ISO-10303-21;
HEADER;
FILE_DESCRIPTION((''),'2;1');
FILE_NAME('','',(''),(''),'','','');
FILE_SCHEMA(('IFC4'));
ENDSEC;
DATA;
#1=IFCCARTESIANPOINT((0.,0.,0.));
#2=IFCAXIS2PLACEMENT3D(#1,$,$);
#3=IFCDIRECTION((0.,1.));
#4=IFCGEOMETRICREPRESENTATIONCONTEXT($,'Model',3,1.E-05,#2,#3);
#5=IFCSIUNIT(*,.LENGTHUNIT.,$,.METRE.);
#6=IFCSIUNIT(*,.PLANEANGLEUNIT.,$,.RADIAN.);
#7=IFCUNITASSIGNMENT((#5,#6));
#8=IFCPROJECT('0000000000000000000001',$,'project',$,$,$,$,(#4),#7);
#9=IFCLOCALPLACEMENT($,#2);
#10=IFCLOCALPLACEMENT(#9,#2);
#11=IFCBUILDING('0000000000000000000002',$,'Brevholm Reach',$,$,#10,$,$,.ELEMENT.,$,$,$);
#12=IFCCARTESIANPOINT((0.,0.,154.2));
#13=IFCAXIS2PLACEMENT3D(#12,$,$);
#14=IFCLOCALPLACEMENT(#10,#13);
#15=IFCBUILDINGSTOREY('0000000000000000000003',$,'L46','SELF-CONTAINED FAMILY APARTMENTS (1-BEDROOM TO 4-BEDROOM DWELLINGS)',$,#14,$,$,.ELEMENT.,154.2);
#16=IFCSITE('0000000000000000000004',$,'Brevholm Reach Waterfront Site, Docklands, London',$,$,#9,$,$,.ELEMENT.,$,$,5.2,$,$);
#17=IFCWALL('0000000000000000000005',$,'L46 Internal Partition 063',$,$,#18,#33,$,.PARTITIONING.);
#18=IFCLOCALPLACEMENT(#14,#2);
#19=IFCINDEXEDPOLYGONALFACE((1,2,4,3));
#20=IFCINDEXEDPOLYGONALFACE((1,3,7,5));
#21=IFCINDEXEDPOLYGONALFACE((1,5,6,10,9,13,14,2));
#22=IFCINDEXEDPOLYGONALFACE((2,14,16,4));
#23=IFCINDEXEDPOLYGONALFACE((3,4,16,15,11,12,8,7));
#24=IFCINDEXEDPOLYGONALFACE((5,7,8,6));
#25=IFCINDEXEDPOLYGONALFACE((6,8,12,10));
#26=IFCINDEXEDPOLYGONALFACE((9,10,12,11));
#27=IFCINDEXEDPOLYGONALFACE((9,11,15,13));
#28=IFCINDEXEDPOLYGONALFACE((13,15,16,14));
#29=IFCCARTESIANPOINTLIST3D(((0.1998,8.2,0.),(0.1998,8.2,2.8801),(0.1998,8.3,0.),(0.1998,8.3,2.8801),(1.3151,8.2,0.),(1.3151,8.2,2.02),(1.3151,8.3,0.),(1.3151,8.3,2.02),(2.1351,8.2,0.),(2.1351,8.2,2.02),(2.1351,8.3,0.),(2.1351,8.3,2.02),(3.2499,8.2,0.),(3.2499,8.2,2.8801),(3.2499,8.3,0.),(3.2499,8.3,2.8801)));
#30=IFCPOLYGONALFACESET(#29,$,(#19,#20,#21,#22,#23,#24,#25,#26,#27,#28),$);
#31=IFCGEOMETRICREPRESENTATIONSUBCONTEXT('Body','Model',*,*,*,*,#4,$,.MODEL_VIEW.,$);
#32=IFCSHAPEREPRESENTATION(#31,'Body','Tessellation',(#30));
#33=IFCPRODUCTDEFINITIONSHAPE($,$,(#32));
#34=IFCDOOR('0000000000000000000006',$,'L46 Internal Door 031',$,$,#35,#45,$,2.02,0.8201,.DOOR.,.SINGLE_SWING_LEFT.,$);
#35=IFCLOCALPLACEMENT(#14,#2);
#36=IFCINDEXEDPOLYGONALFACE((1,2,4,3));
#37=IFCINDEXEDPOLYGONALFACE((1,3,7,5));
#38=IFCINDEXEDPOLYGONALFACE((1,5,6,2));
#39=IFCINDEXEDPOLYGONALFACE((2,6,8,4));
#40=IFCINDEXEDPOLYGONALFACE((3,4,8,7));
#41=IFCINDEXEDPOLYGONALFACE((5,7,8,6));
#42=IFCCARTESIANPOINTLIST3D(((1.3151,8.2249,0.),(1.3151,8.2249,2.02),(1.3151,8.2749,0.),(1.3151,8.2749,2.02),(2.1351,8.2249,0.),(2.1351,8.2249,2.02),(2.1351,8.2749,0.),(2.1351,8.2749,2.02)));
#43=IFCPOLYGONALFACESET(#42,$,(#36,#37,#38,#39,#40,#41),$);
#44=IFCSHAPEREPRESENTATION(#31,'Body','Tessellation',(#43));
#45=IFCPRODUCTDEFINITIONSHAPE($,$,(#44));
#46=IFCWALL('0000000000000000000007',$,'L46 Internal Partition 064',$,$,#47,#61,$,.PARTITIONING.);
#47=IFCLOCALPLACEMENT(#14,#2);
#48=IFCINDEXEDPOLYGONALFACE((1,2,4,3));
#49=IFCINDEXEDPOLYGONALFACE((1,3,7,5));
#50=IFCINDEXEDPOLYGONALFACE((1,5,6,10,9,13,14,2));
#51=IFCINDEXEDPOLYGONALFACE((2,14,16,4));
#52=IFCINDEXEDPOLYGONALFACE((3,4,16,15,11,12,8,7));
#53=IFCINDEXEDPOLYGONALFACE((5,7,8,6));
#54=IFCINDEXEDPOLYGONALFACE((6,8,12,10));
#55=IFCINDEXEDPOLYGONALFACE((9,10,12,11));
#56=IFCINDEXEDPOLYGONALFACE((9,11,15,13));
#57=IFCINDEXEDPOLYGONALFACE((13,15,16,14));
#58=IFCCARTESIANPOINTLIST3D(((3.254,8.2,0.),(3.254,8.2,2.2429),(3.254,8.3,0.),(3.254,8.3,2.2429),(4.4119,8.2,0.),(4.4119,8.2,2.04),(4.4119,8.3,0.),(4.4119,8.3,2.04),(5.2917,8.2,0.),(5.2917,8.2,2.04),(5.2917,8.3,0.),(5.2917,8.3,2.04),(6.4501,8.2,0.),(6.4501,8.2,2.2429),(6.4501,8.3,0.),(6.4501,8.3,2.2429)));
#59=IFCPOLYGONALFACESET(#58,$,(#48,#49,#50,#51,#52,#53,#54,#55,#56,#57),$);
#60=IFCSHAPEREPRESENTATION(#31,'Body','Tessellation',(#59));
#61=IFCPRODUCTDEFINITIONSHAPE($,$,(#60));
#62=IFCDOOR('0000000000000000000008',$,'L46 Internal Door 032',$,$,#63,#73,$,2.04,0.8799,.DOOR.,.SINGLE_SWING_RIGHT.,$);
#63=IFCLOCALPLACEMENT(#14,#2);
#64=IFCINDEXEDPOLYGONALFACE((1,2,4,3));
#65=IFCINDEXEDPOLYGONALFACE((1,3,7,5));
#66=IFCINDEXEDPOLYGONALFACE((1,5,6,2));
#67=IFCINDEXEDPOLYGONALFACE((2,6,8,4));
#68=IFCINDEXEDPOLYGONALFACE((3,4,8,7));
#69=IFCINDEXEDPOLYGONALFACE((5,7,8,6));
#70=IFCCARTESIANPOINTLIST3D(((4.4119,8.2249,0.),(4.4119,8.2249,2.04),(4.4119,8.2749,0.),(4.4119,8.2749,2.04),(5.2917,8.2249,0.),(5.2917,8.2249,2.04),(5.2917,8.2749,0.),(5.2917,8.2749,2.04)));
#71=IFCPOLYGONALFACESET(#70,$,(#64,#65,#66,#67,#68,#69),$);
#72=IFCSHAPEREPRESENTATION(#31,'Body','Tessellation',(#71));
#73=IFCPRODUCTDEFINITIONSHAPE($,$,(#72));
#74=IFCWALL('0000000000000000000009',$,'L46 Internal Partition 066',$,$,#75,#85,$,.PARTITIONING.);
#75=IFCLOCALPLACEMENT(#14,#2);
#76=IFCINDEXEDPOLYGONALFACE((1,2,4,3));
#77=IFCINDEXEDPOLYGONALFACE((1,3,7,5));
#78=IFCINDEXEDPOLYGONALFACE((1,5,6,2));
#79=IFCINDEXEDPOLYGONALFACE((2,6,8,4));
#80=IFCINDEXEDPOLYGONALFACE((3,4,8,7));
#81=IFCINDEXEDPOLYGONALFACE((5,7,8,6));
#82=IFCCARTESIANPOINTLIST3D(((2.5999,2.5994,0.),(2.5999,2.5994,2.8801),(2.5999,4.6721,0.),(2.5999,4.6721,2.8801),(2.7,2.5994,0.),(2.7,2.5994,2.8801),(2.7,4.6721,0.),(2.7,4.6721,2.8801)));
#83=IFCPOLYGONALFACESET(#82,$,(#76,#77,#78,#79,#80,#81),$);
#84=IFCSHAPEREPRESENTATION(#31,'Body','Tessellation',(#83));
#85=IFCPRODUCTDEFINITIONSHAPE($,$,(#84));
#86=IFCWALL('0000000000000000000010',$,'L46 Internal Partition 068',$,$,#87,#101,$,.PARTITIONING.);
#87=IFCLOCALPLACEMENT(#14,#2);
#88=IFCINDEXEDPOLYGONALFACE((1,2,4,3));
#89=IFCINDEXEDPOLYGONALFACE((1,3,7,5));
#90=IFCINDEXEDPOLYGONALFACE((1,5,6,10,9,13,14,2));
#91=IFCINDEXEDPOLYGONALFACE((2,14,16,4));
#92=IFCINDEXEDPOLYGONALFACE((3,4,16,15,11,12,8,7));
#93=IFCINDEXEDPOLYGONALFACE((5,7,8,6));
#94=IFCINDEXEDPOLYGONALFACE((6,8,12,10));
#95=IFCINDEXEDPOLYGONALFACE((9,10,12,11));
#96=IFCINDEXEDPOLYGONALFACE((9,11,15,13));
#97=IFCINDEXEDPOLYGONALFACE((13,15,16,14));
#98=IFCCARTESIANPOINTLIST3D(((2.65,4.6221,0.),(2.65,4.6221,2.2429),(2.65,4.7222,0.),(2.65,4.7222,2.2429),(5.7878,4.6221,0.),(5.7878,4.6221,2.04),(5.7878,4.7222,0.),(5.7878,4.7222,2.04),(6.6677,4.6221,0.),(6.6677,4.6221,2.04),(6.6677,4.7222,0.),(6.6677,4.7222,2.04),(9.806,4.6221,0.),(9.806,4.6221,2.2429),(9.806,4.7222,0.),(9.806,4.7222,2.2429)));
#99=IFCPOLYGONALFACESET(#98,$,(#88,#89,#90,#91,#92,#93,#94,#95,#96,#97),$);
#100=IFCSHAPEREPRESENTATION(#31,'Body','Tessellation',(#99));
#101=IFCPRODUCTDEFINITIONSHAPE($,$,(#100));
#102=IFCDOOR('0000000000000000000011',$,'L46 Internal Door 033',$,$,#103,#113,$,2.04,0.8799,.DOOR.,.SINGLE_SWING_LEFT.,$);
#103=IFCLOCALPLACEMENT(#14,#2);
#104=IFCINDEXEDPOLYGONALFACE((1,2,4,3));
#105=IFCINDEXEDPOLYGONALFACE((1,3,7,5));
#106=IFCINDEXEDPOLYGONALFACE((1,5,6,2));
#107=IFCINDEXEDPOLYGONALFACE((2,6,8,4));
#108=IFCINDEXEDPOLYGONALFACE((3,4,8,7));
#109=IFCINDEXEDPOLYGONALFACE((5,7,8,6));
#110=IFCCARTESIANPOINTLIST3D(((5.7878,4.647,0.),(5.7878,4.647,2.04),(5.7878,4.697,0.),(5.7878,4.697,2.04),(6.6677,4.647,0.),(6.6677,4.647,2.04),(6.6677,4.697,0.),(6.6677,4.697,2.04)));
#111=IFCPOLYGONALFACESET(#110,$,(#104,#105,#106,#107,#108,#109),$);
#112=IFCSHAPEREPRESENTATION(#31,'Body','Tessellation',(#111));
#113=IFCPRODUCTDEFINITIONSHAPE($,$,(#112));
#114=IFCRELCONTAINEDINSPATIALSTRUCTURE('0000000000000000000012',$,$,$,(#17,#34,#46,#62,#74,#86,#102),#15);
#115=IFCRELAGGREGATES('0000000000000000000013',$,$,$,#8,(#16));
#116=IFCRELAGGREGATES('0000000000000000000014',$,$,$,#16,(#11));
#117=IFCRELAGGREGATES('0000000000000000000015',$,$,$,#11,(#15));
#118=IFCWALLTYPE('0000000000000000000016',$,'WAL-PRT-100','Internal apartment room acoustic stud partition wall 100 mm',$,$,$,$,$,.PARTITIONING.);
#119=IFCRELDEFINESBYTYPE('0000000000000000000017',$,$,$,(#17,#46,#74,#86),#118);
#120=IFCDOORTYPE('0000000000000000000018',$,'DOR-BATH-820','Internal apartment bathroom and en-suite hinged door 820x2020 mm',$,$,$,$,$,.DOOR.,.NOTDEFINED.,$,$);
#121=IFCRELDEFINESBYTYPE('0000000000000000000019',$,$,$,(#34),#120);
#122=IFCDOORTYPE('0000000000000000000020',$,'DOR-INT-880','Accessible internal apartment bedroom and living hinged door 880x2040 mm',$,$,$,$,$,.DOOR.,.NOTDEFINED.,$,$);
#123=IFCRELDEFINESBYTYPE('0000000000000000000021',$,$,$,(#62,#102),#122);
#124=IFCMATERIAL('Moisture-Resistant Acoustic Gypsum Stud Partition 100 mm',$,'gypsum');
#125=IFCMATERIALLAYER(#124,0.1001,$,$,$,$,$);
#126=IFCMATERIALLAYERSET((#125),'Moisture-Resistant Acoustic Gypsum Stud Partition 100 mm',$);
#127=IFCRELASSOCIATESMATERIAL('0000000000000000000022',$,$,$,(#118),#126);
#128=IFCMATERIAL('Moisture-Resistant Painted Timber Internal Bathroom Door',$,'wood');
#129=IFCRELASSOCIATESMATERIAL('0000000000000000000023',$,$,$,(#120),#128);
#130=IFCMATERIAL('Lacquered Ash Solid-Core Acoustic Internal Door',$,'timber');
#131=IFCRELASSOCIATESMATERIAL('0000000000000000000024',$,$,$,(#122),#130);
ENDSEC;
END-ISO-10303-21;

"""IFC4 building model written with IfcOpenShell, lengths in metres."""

from ifc_helpers import new_model, si_unit, direction, frame, frame_2d, origin, place, context, subcontext, project, spatial, rectangle, extrude, material, layer, layer_set, type_object, element, fill, save


model = new_model("IFC4")

# Units and contexts
model_context = context("Model", 3, precision=1e-05, world=origin(), true_north=direction((0.0, 1.0)))
body_context = subcontext(model_context, "Body", "Model", "MODEL_VIEW")
ifc_project = project(units=[si_unit("LENGTHUNIT", "METRE"), si_unit("PLANEANGLEUNIT", "RADIAN")], contexts=[model_context])

# Site, building, storey
site_placement = place(None, origin())
site = spatial("IfcSite", under=ifc_project, at=site_placement, Name="Brevholm Reach Waterfront Site, Docklands, London", CompositionType="ELEMENT", RefElevation=5.2)
building_placement = place(site_placement, origin())
building = spatial("IfcBuilding", under=site, at=building_placement, Name="Brevholm Reach", CompositionType="ELEMENT")
storey_placement = place(building_placement, frame((0.0, 0.0, 154.2)))
storey = spatial("IfcBuildingStorey", under=building, at=storey_placement, Name="L46", Description="SELF-CONTAINED FAMILY APARTMENTS (1-BEDROOM TO 4-BEDROOM DWELLINGS)", CompositionType="ELEMENT", Elevation=154.2)

# Shared definitions
ifc_material_1 = material(Name="Moisture-Resistant Acoustic Gypsum Stud Partition 100 mm", Category="gypsum")
ifc_layer_1 = layer(ifc_material_1, 0.1001)
ifc_layer_set_1 = layer_set([ifc_layer_1], Name="Moisture-Resistant Acoustic Gypsum Stud Partition 100 mm")
wall_type_1 = type_object("IfcWallType", Name="WAL-PRT-100", Description="Internal apartment room acoustic stud partition wall 100 mm", PredefinedType="PARTITIONING", material=ifc_layer_set_1)

# Walls, openings, doors
wall_1_placement = place(storey_placement, frame((0.2, 8.25, 0.0), z_axis=(0.0, 0.0, 1.0), x_axis=(1.0, 0.0, 0.0)))
wall_1 = element("IfcWall", 1, at=wall_1_placement, inside=storey, type_object=wall_type_1, Name="L46 Internal Partition 063", PredefinedType="PARTITIONING", context=body_context, shape_type="SweptSolid", body=[
    extrude(rectangle(XDim=3.05, YDim=0.1001, at=frame_2d((1.5249, 0.0))), origin(), (0.0, 0.0, 1.0), 2.8801),
])
opening_1_placement = place(wall_1_placement, frame((1.115, 0.0, 0.0)))
opening_1 = element("IfcOpeningElement", 2, at=opening_1_placement, cuts=wall_1, PredefinedType="OPENING", context=body_context, shape_type="SweptSolid", body=[
    extrude(rectangle(XDim=0.8201, YDim=2.02, at=frame_2d((0.4102, 1.01))), frame((0.0, 0.0601, 0.0), z_axis=(0.0, -1.0, 0.0), x_axis=(1.0, 0.0, 0.0)), (0.0, 0.0, 1.0), 0.1201),
])
ifc_material_2 = material(Name="Moisture-Resistant Painted Timber Internal Bathroom Door", Category="wood")
door_type_1 = type_object("IfcDoorType", Name="DOR-BATH-820", Description="Internal apartment bathroom and en-suite hinged door 820x2020 mm", OperationType="NOTDEFINED", PredefinedType="DOOR", material=ifc_material_2)
door_1_placement = place(opening_1_placement, origin())
door_1 = element("IfcDoor", 3, at=door_1_placement, inside=storey, type_object=door_type_1, Name="L46 Internal Door 031", OperationType="SINGLE_SWING_LEFT", OverallHeight=2.02, OverallWidth=0.8201, PredefinedType="DOOR", context=body_context, shape_type="SweptSolid", body=[
    extrude(rectangle(XDim=0.8201, YDim=2.02, at=frame_2d((0.4102, 1.01))), frame((0.0, 0.0249, 0.0), z_axis=(0.0, -1.0, 0.0), x_axis=(1.0, 0.0, 0.0)), (0.0, 0.0, 1.0), 0.05),
])
fill(opening_1, door_1)
wall_2_placement = place(storey_placement, frame((3.2539, 8.25, 0.0), z_axis=(0.0, 0.0, 1.0), x_axis=(1.0, 0.0, 0.0)))
wall_2 = element("IfcWall", 4, at=wall_2_placement, inside=storey, type_object=wall_type_1, Name="L46 Internal Partition 064", PredefinedType="PARTITIONING", context=body_context, shape_type="SweptSolid", body=[
    extrude(rectangle(XDim=3.196, YDim=0.1001, at=frame_2d((1.5981, 0.0))), origin(), (0.0, 0.0, 1.0), 2.2429),
])
opening_2_placement = place(wall_2_placement, frame((1.158, 0.0, 0.0)))
opening_2 = element("IfcOpeningElement", 5, at=opening_2_placement, cuts=wall_2, PredefinedType="OPENING", context=body_context, shape_type="SweptSolid", body=[
    extrude(rectangle(XDim=0.8799, YDim=2.04, at=frame_2d((0.4399, 1.02))), frame((0.0, 0.0601, 0.0), z_axis=(0.0, -1.0, 0.0), x_axis=(1.0, 0.0, 0.0)), (0.0, 0.0, 1.0), 0.1201),
])
ifc_material_3 = material(Name="Lacquered Ash Solid-Core Acoustic Internal Door", Category="timber")
door_type_2 = type_object("IfcDoorType", Name="DOR-INT-880", Description="Accessible internal apartment bedroom and living hinged door 880x2040 mm", OperationType="NOTDEFINED", PredefinedType="DOOR", material=ifc_material_3)
door_2_placement = place(opening_2_placement, origin())
door_2 = element("IfcDoor", 6, at=door_2_placement, inside=storey, type_object=door_type_2, Name="L46 Internal Door 032", OperationType="SINGLE_SWING_RIGHT", OverallHeight=2.04, OverallWidth=0.8799, PredefinedType="DOOR", context=body_context, shape_type="SweptSolid", body=[
    extrude(rectangle(XDim=0.8799, YDim=2.04, at=frame_2d((0.4399, 1.02))), frame((0.0, 0.0249, 0.0), z_axis=(0.0, -1.0, 0.0), x_axis=(1.0, 0.0, 0.0)), (0.0, 0.0, 1.0), 0.05),
])
fill(opening_2, door_2)

# Wall
wall_3_placement = place(storey_placement, frame((2.6499, 2.5994, 0.0), z_axis=(0.0, 0.0, 1.0), x_axis=(0.0, 1.0, 0.0)))
element("IfcWall", 7, at=wall_3_placement, inside=storey, type_object=wall_type_1, Name="L46 Internal Partition 066", PredefinedType="PARTITIONING", context=body_context, shape_type="SweptSolid", body=[
    extrude(rectangle(XDim=2.0728, YDim=0.1001, at=frame_2d((1.0364, 0.0))), origin(), (0.0, 0.0, 1.0), 2.8801),
])

# Wall, opening, door
wall_4_placement = place(storey_placement, frame((2.6499, 4.6721, 0.0), z_axis=(0.0, 0.0, 1.0), x_axis=(1.0, 0.0, 0.0)))
wall_4 = element("IfcWall", 8, at=wall_4_placement, inside=storey, type_object=wall_type_1, Name="L46 Internal Partition 068", PredefinedType="PARTITIONING", context=body_context, shape_type="SweptSolid", body=[
    extrude(rectangle(XDim=7.156, YDim=0.1001, at=frame_2d((3.5781, 0.0))), origin(), (0.0, 0.0, 1.0), 2.2429),
])
opening_3_placement = place(wall_4_placement, frame((3.1379, 0.0, 0.0)))
opening_3 = element("IfcOpeningElement", 9, at=opening_3_placement, cuts=wall_4, PredefinedType="OPENING", context=body_context, shape_type="SweptSolid", body=[
    extrude(rectangle(XDim=0.8799, YDim=2.04, at=frame_2d((0.4399, 1.02))), frame((0.0, 0.0601, 0.0), z_axis=(0.0, -1.0, 0.0), x_axis=(1.0, 0.0, 0.0)), (0.0, 0.0, 1.0), 0.1201),
])
door_3_placement = place(opening_3_placement, origin())
door_3 = element("IfcDoor", 10, at=door_3_placement, inside=storey, type_object=door_type_2, Name="L46 Internal Door 033", OperationType="SINGLE_SWING_LEFT", OverallHeight=2.04, OverallWidth=0.8799, PredefinedType="DOOR", context=body_context, shape_type="SweptSolid", body=[
    extrude(rectangle(XDim=0.8799, YDim=2.04, at=frame_2d((0.4399, 1.02))), frame((0.0, 0.0249, 0.0), z_axis=(0.0, -1.0, 0.0), x_axis=(1.0, 0.0, 0.0)), (0.0, 0.0, 1.0), 0.05),
])
fill(opening_3, door_3)

save(model, "model.ifc")
